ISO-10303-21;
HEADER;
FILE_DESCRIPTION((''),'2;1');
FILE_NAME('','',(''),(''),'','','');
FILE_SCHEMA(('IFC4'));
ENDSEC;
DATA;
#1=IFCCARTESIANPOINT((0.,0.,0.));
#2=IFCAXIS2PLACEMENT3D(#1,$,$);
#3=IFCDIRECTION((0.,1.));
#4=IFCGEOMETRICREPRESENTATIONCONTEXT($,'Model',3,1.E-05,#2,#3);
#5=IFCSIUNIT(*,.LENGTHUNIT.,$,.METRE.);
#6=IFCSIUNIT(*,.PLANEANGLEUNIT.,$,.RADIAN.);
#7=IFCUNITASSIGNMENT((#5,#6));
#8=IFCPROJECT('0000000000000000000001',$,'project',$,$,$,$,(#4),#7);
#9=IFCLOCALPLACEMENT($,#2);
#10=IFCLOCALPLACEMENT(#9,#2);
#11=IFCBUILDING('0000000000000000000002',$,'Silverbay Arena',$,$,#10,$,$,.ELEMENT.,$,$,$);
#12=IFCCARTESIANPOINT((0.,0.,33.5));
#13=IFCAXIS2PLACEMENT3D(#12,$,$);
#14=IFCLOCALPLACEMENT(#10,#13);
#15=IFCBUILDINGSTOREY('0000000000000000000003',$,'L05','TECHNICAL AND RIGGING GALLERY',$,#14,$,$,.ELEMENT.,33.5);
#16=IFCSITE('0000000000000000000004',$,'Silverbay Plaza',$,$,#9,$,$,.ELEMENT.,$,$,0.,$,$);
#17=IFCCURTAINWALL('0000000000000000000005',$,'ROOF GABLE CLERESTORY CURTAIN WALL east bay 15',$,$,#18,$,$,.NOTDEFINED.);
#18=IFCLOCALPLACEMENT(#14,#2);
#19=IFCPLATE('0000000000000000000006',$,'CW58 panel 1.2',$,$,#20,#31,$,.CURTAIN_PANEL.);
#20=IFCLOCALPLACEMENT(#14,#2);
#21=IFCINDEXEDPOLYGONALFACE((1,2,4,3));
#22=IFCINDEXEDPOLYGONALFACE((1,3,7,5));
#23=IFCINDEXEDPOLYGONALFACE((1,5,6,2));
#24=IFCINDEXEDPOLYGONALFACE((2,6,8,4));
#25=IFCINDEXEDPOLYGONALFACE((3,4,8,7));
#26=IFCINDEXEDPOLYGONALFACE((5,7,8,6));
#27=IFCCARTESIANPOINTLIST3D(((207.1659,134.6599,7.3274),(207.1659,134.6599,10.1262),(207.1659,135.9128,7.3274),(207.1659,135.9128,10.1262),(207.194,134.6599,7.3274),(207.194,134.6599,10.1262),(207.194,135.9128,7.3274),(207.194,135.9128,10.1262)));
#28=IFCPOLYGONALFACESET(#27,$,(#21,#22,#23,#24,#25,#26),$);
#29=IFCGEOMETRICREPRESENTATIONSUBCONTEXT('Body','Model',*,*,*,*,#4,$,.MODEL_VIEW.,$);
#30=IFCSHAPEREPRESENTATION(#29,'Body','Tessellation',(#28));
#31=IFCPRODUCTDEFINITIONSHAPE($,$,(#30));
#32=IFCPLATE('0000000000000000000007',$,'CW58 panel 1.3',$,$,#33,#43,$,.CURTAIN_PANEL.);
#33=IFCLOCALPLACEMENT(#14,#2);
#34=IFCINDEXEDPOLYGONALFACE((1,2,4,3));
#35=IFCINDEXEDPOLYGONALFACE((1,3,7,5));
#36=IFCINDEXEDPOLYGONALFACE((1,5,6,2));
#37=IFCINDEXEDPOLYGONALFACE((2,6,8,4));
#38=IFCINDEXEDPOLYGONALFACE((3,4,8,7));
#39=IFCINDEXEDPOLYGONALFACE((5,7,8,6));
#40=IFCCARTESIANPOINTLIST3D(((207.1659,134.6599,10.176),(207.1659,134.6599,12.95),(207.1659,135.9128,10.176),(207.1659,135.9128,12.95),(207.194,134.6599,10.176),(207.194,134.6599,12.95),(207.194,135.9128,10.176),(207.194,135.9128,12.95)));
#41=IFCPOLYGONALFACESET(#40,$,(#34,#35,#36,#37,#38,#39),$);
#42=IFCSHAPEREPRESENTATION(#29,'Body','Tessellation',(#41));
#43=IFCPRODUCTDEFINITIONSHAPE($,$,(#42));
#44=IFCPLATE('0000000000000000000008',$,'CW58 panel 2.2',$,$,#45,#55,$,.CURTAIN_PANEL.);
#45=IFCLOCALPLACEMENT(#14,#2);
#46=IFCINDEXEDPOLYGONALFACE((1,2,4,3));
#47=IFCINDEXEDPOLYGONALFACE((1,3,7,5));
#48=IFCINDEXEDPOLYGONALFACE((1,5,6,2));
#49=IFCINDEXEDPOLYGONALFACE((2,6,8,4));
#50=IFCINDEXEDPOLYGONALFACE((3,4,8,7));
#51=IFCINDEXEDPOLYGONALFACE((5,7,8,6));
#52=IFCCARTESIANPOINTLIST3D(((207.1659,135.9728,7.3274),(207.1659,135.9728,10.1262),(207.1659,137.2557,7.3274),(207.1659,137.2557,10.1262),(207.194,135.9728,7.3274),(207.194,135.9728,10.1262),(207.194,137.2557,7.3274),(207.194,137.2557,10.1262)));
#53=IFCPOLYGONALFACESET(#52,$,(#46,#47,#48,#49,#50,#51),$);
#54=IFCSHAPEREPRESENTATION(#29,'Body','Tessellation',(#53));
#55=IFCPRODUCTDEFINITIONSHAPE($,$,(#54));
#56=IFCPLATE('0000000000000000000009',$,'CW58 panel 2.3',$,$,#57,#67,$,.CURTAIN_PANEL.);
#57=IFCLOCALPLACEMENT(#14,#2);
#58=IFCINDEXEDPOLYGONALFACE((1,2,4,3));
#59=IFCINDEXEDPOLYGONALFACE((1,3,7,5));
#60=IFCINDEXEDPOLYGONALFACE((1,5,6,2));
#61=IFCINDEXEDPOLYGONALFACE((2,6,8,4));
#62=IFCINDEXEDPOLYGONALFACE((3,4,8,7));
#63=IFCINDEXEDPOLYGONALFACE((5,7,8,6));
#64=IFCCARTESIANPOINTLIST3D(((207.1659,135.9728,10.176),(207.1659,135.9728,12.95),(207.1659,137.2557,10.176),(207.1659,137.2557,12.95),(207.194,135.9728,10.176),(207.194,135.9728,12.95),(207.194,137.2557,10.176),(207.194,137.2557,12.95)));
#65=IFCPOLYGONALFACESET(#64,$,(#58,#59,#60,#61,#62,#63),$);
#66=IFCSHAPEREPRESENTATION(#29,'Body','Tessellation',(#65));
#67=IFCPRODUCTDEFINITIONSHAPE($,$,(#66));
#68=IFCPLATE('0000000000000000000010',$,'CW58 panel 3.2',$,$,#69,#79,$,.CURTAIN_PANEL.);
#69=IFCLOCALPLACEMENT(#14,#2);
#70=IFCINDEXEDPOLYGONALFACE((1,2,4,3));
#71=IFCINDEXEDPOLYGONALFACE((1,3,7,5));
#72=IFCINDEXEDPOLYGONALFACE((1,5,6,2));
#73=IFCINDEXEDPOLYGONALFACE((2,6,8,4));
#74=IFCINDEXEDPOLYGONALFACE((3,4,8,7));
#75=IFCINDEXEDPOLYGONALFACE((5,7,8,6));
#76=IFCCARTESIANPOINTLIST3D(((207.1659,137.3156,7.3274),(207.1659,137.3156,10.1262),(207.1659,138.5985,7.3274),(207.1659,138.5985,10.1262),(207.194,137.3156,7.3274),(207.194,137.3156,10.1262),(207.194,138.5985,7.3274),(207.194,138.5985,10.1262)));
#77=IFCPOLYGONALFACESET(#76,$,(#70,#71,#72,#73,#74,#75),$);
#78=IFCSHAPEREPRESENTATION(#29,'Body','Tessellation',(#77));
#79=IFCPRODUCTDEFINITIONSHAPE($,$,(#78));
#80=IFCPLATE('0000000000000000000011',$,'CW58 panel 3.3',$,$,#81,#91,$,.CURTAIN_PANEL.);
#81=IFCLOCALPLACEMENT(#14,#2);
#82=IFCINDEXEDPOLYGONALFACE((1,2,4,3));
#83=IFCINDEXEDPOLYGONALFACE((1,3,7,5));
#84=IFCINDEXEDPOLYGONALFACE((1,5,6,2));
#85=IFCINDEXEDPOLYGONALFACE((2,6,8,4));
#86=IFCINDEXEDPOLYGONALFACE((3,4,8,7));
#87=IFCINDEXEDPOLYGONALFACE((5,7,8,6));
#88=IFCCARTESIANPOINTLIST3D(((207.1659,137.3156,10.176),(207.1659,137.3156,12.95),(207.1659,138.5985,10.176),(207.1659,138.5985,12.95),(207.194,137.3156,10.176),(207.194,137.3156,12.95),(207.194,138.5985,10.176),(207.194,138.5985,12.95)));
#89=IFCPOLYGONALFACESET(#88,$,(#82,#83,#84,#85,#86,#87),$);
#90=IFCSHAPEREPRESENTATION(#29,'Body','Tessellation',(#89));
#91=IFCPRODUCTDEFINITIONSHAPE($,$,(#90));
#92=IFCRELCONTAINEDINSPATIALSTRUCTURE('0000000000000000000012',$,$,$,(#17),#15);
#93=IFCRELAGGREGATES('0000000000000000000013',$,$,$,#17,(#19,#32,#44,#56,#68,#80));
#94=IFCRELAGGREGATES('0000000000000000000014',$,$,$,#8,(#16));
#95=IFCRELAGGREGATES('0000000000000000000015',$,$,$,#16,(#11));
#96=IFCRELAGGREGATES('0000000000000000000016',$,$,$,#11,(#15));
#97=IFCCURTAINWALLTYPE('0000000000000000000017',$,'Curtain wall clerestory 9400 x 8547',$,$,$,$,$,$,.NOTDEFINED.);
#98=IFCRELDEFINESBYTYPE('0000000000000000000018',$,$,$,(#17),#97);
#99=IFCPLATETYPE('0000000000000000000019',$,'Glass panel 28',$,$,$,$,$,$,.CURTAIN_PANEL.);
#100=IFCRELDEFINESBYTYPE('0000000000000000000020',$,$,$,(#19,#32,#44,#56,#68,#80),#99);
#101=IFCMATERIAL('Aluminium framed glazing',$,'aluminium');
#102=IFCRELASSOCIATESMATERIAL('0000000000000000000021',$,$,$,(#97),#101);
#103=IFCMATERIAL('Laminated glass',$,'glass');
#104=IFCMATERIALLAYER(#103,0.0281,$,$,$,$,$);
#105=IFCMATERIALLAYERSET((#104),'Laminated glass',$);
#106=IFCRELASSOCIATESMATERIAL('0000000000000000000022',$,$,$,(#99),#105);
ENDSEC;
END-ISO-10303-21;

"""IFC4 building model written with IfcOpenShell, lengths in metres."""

from ifc_helpers import new_model, si_unit, direction, frame, origin, origin_2d, place, context, subcontext, project, spatial, rectangle, extrude, material, layer, layer_set, type_object, element, aggregate, save


model = new_model("IFC4")

# Units and contexts
model_context = context("Model", 3, precision=1e-05, world=origin(), true_north=direction((0.0, 1.0)))
body_context = subcontext(model_context, "Body", "Model", "MODEL_VIEW")
ifc_project = project(units=[si_unit("LENGTHUNIT", "METRE"), si_unit("PLANEANGLEUNIT", "RADIAN")], contexts=[model_context])

# Site, building, storey
site_placement = place(None, origin())
site = spatial("IfcSite", under=ifc_project, at=site_placement, Name="Silverbay Plaza", CompositionType="ELEMENT", RefElevation=0.0)
building_placement = place(site_placement, origin())
building = spatial("IfcBuilding", under=site, at=building_placement, Name="Silverbay Arena", CompositionType="ELEMENT")
storey_placement = place(building_placement, frame((0.0, 0.0, 33.5)))
storey = spatial("IfcBuildingStorey", under=building, at=storey_placement, Name="L05", Description="TECHNICAL AND RIGGING GALLERY", CompositionType="ELEMENT", Elevation=33.5)

# Curtain wall
ifc_material_1 = material(Name="Aluminium framed glazing", Category="aluminium")
curtain_wall_type_1 = type_object("IfcCurtainWallType", Name="Curtain wall clerestory 9400 x 8547", PredefinedType="NOTDEFINED", material=ifc_material_1)
curtain_wall_1_placement = place(storey_placement, origin())
curtain_wall_1 = element("IfcCurtainWall", 1, at=curtain_wall_1_placement, inside=storey, type_object=curtain_wall_type_1, Name="ROOF GABLE CLERESTORY CURTAIN WALL east bay 15", PredefinedType="NOTDEFINED")

# Plates
ifc_material_2 = material(Name="Laminated glass", Category="glass")
ifc_layer = layer(ifc_material_2, 0.0281)
ifc_layer_set = layer_set([ifc_layer], Name="Laminated glass")
plate_type = type_object("IfcPlateType", Name="Glass panel 28", PredefinedType="CURTAIN_PANEL", material=ifc_layer_set)
plate_1_placement = place(storey_placement, frame((207.1799, 135.2864, 7.3274), z_axis=(0.0, 0.0, 1.0), x_axis=(0.0, 1.0, 0.0)))
plate_1 = element("IfcPlate", 2, at=plate_1_placement, type_object=plate_type, Name="CW58 panel 1.2", PredefinedType="CURTAIN_PANEL", context=body_context, shape_type="SweptSolid", body=[
    extrude(rectangle(XDim=1.2529, YDim=0.0281, at=origin_2d()), origin(), (0.0, 0.0, 1.0), 2.7988),
])
plate_2_placement = place(storey_placement, frame((207.1799, 135.2864, 10.176), z_axis=(0.0, 0.0, 1.0), x_axis=(0.0, 1.0, 0.0)))
plate_2 = element("IfcPlate", 3, at=plate_2_placement, type_object=plate_type, Name="CW58 panel 1.3", PredefinedType="CURTAIN_PANEL", context=body_context, shape_type="SweptSolid", body=[
    extrude(rectangle(XDim=1.2529, YDim=0.0281, at=origin_2d()), origin(), (0.0, 0.0, 1.0), 2.7739),
])
plate_3_placement = place(storey_placement, frame((207.1799, 136.6143, 7.3274), z_axis=(0.0, 0.0, 1.0), x_axis=(0.0, 1.0, 0.0)))
plate_3 = element("IfcPlate", 4, at=plate_3_placement, type_object=plate_type, Name="CW58 panel 2.2", PredefinedType="CURTAIN_PANEL", context=body_context, shape_type="SweptSolid", body=[
    extrude(rectangle(XDim=1.283, YDim=0.0281, at=origin_2d()), origin(), (0.0, 0.0, 1.0), 2.7988),
])
plate_4_placement = place(storey_placement, frame((207.1799, 136.6143, 10.176), z_axis=(0.0, 0.0, 1.0), x_axis=(0.0, 1.0, 0.0)))
plate_4 = element("IfcPlate", 5, at=plate_4_placement, type_object=plate_type, Name="CW58 panel 2.3", PredefinedType="CURTAIN_PANEL", context=body_context, shape_type="SweptSolid", body=[
    extrude(rectangle(XDim=1.283, YDim=0.0281, at=origin_2d()), origin(), (0.0, 0.0, 1.0), 2.7739),
])
plate_5_placement = place(storey_placement, frame((207.1799, 137.957, 7.3274), z_axis=(0.0, 0.0, 1.0), x_axis=(0.0, 1.0, 0.0)))
plate_5 = element("IfcPlate", 6, at=plate_5_placement, type_object=plate_type, Name="CW58 panel 3.2", PredefinedType="CURTAIN_PANEL", context=body_context, shape_type="SweptSolid", body=[
    extrude(rectangle(XDim=1.283, YDim=0.0281, at=origin_2d()), origin(), (0.0, 0.0, 1.0), 2.7988),
])
plate_6_placement = place(storey_placement, frame((207.1799, 137.957, 10.176), z_axis=(0.0, 0.0, 1.0), x_axis=(0.0, 1.0, 0.0)))
plate_6 = element("IfcPlate", 7, at=plate_6_placement, type_object=plate_type, Name="CW58 panel 3.3", PredefinedType="CURTAIN_PANEL", context=body_context, shape_type="SweptSolid", body=[
    extrude(rectangle(XDim=1.283, YDim=0.0281, at=origin_2d()), origin(), (0.0, 0.0, 1.0), 2.7739),
])
aggregate(curtain_wall_1, [plate_1, plate_2, plate_3, plate_4, plate_5, plate_6])

save(model, "model.ifc")
